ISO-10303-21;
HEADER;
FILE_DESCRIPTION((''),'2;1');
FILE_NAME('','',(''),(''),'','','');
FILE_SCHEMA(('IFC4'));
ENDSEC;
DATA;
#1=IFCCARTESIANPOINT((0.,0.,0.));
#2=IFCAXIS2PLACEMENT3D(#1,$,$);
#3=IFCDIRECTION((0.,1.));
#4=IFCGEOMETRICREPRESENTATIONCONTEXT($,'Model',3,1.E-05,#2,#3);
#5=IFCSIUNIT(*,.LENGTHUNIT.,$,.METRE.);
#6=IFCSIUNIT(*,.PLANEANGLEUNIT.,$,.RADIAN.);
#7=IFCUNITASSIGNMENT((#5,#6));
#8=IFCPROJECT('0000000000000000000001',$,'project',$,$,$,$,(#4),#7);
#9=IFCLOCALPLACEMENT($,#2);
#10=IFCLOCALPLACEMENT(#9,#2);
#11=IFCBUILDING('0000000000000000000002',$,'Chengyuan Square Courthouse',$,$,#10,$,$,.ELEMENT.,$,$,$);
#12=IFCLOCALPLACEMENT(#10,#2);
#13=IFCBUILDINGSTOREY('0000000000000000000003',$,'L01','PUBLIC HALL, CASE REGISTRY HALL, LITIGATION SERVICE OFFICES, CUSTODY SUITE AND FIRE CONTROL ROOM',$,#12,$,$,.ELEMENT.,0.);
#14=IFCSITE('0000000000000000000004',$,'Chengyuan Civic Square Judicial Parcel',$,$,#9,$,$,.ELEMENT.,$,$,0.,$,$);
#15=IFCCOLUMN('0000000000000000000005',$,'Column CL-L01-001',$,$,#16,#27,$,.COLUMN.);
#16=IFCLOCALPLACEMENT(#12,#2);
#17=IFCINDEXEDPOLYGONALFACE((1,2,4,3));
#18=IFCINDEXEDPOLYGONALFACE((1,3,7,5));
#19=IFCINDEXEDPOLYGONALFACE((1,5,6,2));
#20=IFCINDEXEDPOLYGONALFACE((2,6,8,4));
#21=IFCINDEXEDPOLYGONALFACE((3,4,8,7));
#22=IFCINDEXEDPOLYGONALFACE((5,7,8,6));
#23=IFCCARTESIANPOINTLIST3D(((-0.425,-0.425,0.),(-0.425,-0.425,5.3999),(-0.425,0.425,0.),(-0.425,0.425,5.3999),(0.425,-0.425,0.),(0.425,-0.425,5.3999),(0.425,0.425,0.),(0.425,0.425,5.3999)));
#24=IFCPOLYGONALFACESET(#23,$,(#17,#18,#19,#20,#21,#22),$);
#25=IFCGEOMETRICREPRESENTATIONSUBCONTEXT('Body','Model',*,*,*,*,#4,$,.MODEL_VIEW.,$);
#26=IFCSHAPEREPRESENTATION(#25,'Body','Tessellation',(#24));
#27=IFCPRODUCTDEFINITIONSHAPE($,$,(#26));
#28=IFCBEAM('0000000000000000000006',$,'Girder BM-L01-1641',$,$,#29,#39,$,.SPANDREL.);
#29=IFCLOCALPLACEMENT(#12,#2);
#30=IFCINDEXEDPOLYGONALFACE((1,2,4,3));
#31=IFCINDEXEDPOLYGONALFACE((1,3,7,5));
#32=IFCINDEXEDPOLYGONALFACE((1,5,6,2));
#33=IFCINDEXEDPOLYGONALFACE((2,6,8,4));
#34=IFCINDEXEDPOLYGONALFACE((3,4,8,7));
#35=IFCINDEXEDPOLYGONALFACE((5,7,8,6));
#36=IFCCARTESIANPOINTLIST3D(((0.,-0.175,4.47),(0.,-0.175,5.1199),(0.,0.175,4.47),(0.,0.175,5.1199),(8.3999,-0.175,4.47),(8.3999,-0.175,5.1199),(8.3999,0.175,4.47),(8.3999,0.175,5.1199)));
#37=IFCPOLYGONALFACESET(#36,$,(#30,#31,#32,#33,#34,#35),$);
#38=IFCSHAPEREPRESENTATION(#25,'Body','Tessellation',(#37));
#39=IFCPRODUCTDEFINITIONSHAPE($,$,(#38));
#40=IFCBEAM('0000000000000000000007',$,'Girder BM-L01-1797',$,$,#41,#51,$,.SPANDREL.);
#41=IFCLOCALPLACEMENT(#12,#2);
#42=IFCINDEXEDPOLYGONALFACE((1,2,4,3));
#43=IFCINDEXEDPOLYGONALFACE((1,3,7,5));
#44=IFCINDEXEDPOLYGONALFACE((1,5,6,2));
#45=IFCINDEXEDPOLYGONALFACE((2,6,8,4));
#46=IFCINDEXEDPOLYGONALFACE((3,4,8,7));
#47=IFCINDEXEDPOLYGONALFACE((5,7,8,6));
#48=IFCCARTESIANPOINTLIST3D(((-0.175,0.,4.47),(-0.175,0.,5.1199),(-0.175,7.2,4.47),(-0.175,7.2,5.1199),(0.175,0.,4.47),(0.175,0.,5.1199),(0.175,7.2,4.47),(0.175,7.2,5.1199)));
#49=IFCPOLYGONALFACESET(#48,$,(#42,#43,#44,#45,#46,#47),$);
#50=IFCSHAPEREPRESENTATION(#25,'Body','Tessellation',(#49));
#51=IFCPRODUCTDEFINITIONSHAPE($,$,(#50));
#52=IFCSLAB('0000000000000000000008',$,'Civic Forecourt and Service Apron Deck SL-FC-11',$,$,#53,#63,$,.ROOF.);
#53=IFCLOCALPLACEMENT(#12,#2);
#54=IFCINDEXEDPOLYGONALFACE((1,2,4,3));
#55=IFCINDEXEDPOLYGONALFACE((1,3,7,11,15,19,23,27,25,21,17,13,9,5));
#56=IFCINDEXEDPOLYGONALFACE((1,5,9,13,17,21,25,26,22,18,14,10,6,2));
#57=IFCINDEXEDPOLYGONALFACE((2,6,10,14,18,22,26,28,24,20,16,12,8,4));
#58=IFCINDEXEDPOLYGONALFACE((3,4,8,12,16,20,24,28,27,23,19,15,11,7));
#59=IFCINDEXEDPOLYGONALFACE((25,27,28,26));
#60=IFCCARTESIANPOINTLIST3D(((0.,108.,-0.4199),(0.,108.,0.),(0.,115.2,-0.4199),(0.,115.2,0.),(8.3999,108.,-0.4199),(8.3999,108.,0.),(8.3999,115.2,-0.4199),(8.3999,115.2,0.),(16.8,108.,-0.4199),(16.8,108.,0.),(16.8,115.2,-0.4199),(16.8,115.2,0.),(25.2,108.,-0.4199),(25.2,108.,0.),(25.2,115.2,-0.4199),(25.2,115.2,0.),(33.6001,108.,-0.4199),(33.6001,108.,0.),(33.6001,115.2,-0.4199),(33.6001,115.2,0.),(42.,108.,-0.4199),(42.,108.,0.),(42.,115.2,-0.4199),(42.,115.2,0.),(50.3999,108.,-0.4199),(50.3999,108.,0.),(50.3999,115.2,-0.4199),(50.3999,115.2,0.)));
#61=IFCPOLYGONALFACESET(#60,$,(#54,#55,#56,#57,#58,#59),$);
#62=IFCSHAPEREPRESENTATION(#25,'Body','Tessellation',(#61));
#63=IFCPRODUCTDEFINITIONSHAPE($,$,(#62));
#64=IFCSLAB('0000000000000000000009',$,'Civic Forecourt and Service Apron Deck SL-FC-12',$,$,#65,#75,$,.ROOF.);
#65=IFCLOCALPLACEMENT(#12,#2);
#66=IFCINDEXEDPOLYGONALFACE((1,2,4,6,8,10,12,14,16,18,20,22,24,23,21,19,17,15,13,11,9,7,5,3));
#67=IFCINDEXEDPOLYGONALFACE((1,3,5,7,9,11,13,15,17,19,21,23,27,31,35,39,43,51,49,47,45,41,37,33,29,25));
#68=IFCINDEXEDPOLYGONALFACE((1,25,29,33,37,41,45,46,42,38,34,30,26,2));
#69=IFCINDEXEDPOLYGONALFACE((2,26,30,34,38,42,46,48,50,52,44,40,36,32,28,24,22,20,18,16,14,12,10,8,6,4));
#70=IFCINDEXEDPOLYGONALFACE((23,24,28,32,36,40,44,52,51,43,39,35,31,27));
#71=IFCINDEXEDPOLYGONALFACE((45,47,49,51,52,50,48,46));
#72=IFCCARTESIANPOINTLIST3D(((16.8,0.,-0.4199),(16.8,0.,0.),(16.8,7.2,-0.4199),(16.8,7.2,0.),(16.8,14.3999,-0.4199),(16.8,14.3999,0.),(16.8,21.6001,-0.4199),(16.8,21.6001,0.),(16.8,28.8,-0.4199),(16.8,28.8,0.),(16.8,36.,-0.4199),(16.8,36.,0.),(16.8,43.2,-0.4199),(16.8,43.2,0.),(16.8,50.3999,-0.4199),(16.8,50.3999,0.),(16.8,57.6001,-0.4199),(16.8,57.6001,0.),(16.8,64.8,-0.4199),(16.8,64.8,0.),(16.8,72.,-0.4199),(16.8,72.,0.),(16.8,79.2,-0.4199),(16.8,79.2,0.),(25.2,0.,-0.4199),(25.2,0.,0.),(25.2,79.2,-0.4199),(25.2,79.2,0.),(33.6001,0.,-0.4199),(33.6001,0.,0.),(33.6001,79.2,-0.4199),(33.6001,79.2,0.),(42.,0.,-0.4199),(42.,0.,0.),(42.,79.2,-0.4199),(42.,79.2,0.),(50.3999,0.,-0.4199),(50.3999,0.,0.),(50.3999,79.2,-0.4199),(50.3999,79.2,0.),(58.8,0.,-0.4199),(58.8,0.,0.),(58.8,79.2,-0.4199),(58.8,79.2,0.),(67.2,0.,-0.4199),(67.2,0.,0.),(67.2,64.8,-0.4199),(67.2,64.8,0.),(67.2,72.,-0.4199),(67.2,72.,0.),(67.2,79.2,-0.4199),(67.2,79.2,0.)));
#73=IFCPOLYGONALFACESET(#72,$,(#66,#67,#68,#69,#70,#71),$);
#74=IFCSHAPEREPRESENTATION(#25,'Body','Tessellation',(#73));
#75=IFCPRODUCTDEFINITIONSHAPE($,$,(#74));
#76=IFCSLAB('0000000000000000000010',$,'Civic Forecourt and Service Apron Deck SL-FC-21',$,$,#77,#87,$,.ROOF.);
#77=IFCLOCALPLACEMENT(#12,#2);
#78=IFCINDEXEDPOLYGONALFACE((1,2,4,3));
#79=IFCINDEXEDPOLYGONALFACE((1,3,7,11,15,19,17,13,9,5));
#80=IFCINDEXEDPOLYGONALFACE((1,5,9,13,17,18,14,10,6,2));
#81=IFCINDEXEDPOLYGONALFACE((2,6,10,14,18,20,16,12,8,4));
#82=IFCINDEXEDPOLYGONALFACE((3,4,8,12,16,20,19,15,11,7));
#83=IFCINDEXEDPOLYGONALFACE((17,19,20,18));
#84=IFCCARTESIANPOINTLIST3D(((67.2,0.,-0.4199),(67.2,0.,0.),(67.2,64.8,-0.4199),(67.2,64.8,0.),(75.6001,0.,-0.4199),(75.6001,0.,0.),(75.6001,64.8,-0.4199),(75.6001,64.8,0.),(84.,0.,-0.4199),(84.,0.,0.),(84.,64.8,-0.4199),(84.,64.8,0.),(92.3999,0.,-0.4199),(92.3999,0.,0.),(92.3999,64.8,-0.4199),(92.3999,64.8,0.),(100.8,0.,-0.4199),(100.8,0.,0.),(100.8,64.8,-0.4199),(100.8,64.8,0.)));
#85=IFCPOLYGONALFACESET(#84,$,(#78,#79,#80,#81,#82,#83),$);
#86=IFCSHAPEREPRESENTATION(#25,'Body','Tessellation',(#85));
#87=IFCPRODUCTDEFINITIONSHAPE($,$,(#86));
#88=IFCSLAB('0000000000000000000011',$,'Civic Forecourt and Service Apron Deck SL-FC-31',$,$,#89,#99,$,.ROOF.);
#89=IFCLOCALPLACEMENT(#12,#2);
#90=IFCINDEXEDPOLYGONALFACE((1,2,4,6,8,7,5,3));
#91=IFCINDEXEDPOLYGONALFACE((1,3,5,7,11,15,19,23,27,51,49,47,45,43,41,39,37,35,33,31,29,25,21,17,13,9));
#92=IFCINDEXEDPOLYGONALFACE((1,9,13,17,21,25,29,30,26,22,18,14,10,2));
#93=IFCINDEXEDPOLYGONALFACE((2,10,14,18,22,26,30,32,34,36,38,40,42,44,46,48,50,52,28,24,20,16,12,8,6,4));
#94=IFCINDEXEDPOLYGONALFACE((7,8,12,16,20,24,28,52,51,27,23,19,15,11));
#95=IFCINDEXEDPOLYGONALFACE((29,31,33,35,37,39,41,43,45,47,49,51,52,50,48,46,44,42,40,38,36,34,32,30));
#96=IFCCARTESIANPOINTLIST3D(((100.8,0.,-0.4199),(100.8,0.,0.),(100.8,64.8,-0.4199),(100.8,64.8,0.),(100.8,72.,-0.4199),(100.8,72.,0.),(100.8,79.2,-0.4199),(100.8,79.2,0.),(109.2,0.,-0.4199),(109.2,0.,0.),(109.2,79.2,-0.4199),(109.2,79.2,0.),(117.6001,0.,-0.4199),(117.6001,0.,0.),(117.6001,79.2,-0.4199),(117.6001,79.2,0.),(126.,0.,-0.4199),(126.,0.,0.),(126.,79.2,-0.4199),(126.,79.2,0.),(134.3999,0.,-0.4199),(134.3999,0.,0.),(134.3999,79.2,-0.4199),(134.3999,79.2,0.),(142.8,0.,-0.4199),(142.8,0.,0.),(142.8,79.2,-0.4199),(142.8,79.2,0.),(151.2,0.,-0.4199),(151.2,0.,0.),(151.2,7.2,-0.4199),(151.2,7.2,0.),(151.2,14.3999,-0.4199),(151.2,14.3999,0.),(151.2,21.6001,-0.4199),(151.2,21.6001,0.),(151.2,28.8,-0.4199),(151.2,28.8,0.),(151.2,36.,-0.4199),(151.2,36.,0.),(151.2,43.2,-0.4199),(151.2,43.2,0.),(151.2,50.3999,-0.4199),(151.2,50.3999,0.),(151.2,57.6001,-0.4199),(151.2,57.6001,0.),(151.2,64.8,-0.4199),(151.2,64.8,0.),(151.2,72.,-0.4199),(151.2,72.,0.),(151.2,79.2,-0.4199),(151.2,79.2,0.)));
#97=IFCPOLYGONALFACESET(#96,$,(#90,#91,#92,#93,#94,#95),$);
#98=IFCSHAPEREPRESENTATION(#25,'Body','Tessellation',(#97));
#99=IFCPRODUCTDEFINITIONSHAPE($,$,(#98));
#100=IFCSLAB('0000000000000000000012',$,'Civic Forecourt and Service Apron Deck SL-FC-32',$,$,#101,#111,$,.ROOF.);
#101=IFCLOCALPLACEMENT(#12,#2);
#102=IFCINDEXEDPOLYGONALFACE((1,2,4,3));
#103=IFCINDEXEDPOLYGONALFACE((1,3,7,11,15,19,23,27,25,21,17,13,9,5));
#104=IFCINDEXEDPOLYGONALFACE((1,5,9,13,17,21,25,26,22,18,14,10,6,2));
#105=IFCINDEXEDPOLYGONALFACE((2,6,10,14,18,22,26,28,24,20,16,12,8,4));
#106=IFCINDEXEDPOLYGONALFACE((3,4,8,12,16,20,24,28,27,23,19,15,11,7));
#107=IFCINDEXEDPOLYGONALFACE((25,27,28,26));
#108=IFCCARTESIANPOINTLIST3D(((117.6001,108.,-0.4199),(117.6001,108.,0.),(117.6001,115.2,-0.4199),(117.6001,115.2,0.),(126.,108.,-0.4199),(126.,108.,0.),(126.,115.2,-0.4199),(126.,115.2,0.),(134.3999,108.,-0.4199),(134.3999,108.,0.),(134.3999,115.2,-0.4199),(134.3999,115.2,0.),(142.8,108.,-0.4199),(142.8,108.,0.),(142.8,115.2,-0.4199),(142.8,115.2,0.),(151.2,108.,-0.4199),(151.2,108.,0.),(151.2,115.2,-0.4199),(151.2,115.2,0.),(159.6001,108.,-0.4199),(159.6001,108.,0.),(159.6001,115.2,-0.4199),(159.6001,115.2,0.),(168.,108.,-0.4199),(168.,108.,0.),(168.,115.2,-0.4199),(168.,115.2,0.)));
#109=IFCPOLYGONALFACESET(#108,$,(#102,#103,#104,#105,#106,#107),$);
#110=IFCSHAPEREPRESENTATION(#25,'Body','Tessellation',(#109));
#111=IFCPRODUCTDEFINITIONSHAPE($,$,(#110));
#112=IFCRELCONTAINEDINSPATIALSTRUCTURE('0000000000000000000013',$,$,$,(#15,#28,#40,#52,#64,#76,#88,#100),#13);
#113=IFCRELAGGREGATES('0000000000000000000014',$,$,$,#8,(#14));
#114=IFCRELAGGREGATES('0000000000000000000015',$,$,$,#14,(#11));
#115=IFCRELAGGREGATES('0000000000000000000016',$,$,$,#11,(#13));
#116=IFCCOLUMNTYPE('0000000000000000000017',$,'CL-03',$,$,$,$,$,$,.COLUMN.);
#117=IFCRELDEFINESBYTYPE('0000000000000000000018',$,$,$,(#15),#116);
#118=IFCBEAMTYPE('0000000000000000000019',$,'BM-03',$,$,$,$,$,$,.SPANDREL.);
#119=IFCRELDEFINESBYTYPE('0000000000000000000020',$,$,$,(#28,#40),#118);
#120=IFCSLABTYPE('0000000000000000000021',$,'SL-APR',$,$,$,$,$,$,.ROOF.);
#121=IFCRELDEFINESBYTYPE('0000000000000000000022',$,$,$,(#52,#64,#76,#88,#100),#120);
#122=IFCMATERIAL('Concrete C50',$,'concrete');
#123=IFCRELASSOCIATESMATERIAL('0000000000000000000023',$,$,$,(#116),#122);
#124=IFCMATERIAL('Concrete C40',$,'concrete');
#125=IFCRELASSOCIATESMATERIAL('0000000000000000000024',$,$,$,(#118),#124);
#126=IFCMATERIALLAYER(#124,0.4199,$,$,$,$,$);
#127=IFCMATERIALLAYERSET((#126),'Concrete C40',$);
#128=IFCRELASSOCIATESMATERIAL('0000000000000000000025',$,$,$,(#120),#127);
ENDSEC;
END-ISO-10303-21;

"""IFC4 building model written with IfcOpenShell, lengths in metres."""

from ifc_helpers import new_model, si_unit, direction, frame, origin, origin_with_axes, origin_2d, place, context, subcontext, project, spatial, polyline, rectangle, outline, extrude, material, layer, layer_set, material_profile, profile_set, type_object, element, save


model = new_model("IFC4")

# Units and contexts
model_context = context("Model", 3, precision=1e-05, world=origin(), true_north=direction((0.0, 1.0)))
body_context = subcontext(model_context, "Body", "Model", "MODEL_VIEW")
ifc_project = project(units=[si_unit("LENGTHUNIT", "METRE"), si_unit("PLANEANGLEUNIT", "RADIAN")], contexts=[model_context])

# Site, building, storey
site_placement = place(None, origin())
site = spatial("IfcSite", under=ifc_project, at=site_placement, Name="Chengyuan Civic Square Judicial Parcel", CompositionType="ELEMENT", RefElevation=0.0)
building_placement = place(site_placement, origin())
building = spatial("IfcBuilding", under=site, at=building_placement, Name="Chengyuan Square Courthouse", CompositionType="ELEMENT")
storey_placement = place(building_placement, origin())
storey = spatial("IfcBuildingStorey", under=building, at=storey_placement, Name="L01", Description="PUBLIC HALL, CASE REGISTRY HALL, LITIGATION SERVICE OFFICES, CUSTODY SUITE AND FIRE CONTROL ROOM", CompositionType="ELEMENT", Elevation=0.0)

# Column
ifc_material_1 = material(Name="Concrete C50", Category="concrete")
ifc_material_profile_1 = material_profile(ifc_material_1, rectangle(XDim=0.8501, YDim=0.8501, at=origin_2d()), Name="RC-COL-850x850")
ifc_profile_set_1 = profile_set([ifc_material_profile_1], Name="Concrete C50")
column_type = type_object("IfcColumnType", Name="CL-03", PredefinedType="COLUMN", material=ifc_profile_set_1)
column_placement = place(storey_placement, origin_with_axes())
element("IfcColumn", 1, at=column_placement, inside=storey, type_object=column_type, Name="Column CL-L01-001", PredefinedType="COLUMN", context=body_context, shape_type="SweptSolid", body=[
    extrude(rectangle(XDim=0.8501, YDim=0.8501, at=origin_2d()), origin(), (0.0, 0.0, 1.0), 5.3999),
])

# Beams
ifc_material_2 = material(Name="Concrete C40", Category="concrete")
ifc_material_profile_2 = material_profile(ifc_material_2, rectangle(XDim=0.3501, YDim=0.6499, at=origin_2d()), Name="RC-BM-350x650")
ifc_profile_set_2 = profile_set([ifc_material_profile_2], Name="Concrete C40")
beam_type = type_object("IfcBeamType", Name="BM-03", PredefinedType="SPANDREL", material=ifc_profile_set_2)
beam_1_placement = place(storey_placement, frame((0.0, 0.0, 4.7949), z_axis=(1.0, 0.0, 0.0), x_axis=(0.0, 1.0, 0.0)))
element("IfcBeam", 2, at=beam_1_placement, inside=storey, type_object=beam_type, Name="Girder BM-L01-1641", PredefinedType="SPANDREL", context=body_context, shape_type="SweptSolid", body=[
    extrude(rectangle(XDim=0.3501, YDim=0.6499, at=origin_2d()), origin(), (0.0, 0.0, 1.0), 8.3999),
])
beam_2_placement = place(storey_placement, frame((0.0, 0.0, 4.7949), z_axis=(0.0, 1.0, 0.0), x_axis=(-1.0, 0.0, 0.0)))
element("IfcBeam", 3, at=beam_2_placement, inside=storey, type_object=beam_type, Name="Girder BM-L01-1797", PredefinedType="SPANDREL", context=body_context, shape_type="SweptSolid", body=[
    extrude(rectangle(XDim=0.3501, YDim=0.6499, at=origin_2d()), origin(), (0.0, 0.0, 1.0), 7.2),
])

# Slabs
ifc_layer_1 = layer(ifc_material_2, 0.4199)
ifc_layer_set_1 = layer_set([ifc_layer_1], Name="Concrete C40")
slab_type_1 = type_object("IfcSlabType", Name="SL-APR", PredefinedType="ROOF", material=ifc_layer_set_1)
slab_1_placement = place(storey_placement, frame((0.0, 0.0, -0.4199)))
element("IfcSlab", 4, at=slab_1_placement, inside=storey, type_object=slab_type_1, Name="Civic Forecourt and Service Apron Deck SL-FC-11", PredefinedType="ROOF", context=body_context, shape_type="SweptSolid", body=[
    extrude(outline(polyline([(8.3999, 108.0), (0.0, 108.0), (0.0, 115.2), (8.3999, 115.2), (16.8, 115.2), (25.2, 115.2), (33.6001, 115.2), (42.0, 115.2), (50.3999, 115.2), (50.3999, 108.0), (42.0, 108.0), (33.6001, 108.0), (25.2, 108.0), (16.8, 108.0), (8.3999, 108.0)])), origin(), (0.0, 0.0, 1.0), 0.4199),
])
slab_2_placement = place(storey_placement, frame((0.0, 0.0, -0.4199)))
element("IfcSlab", 5, at=slab_2_placement, inside=storey, type_object=slab_type_1, Name="Civic Forecourt and Service Apron Deck SL-FC-12", PredefinedType="ROOF", context=body_context, shape_type="SweptSolid", body=[
    extrude(outline(polyline([(16.8, 28.8), (16.8, 36.0), (16.8, 43.2), (16.8, 50.3999), (16.8, 57.6001), (16.8, 64.8), (16.8, 72.0), (16.8, 79.2), (25.2, 79.2), (33.6001, 79.2), (42.0, 79.2), (50.3999, 79.2), (58.8, 79.2), (67.2, 79.2), (67.2, 72.0), (67.2, 64.8), (67.2, 0.0), (58.8, 0.0), (50.3999, 0.0), (42.0, 0.0), (33.6001, 0.0), (25.2, 0.0), (16.8, 0.0), (16.8, 7.2), (16.8, 14.3999), (16.8, 21.6001), (16.8, 28.8)])), origin(), (0.0, 0.0, 1.0), 0.4199),
])
slab_3_placement = place(storey_placement, frame((0.0, 0.0, -0.4199)))
element("IfcSlab", 6, at=slab_3_placement, inside=storey, type_object=slab_type_1, Name="Civic Forecourt and Service Apron Deck SL-FC-21", PredefinedType="ROOF", context=body_context, shape_type="SweptSolid", body=[
    extrude(outline(polyline([(75.6001, 64.8), (84.0, 64.8), (92.3999, 64.8), (100.8, 64.8), (100.8, 0.0), (92.3999, 0.0), (84.0, 0.0), (75.6001, 0.0), (67.2, 0.0), (67.2, 64.8), (75.6001, 64.8)])), origin(), (0.0, 0.0, 1.0), 0.4199),
])
slab_4_placement = place(storey_placement, frame((0.0, 0.0, -0.4199)))
element("IfcSlab", 7, at=slab_4_placement, inside=storey, type_object=slab_type_1, Name="Civic Forecourt and Service Apron Deck SL-FC-31", PredefinedType="ROOF", context=body_context, shape_type="SweptSolid", body=[
    extrude(outline(polyline([(100.8, 72.0), (100.8, 79.2), (109.2, 79.2), (117.6001, 79.2), (126.0, 79.2), (134.3999, 79.2), (142.8, 79.2), (151.2, 79.2), (151.2, 72.0), (151.2, 64.8), (151.2, 57.6001), (151.2, 50.3999), (151.2, 43.2), (151.2, 36.0), (151.2, 28.8), (151.2, 21.6001), (151.2, 14.3999), (151.2, 7.2), (151.2, 0.0), (142.8, 0.0), (134.3999, 0.0), (126.0, 0.0), (117.6001, 0.0), (109.2, 0.0), (100.8, 0.0), (100.8, 64.8), (100.8, 72.0)])), origin(), (0.0, 0.0, 1.0), 0.4199),
])
slab_5_placement = place(storey_placement, frame((0.0, 0.0, -0.4199)))
element("IfcSlab", 8, at=slab_5_placement, inside=storey, type_object=slab_type_1, Name="Civic Forecourt and Service Apron Deck SL-FC-32", PredefinedType="ROOF", context=body_context, shape_type="SweptSolid", body=[
    extrude(outline(polyline([(142.8, 115.2), (151.2, 115.2), (159.6001, 115.2), (168.0, 115.2), (168.0, 108.0), (159.6001, 108.0), (151.2, 108.0), (142.8, 108.0), (134.3999, 108.0), (126.0, 108.0), (117.6001, 108.0), (117.6001, 115.2), (126.0, 115.2), (134.3999, 115.2), (142.8, 115.2)])), origin(), (0.0, 0.0, 1.0), 0.4199),
])

save(model, "model.ifc")
